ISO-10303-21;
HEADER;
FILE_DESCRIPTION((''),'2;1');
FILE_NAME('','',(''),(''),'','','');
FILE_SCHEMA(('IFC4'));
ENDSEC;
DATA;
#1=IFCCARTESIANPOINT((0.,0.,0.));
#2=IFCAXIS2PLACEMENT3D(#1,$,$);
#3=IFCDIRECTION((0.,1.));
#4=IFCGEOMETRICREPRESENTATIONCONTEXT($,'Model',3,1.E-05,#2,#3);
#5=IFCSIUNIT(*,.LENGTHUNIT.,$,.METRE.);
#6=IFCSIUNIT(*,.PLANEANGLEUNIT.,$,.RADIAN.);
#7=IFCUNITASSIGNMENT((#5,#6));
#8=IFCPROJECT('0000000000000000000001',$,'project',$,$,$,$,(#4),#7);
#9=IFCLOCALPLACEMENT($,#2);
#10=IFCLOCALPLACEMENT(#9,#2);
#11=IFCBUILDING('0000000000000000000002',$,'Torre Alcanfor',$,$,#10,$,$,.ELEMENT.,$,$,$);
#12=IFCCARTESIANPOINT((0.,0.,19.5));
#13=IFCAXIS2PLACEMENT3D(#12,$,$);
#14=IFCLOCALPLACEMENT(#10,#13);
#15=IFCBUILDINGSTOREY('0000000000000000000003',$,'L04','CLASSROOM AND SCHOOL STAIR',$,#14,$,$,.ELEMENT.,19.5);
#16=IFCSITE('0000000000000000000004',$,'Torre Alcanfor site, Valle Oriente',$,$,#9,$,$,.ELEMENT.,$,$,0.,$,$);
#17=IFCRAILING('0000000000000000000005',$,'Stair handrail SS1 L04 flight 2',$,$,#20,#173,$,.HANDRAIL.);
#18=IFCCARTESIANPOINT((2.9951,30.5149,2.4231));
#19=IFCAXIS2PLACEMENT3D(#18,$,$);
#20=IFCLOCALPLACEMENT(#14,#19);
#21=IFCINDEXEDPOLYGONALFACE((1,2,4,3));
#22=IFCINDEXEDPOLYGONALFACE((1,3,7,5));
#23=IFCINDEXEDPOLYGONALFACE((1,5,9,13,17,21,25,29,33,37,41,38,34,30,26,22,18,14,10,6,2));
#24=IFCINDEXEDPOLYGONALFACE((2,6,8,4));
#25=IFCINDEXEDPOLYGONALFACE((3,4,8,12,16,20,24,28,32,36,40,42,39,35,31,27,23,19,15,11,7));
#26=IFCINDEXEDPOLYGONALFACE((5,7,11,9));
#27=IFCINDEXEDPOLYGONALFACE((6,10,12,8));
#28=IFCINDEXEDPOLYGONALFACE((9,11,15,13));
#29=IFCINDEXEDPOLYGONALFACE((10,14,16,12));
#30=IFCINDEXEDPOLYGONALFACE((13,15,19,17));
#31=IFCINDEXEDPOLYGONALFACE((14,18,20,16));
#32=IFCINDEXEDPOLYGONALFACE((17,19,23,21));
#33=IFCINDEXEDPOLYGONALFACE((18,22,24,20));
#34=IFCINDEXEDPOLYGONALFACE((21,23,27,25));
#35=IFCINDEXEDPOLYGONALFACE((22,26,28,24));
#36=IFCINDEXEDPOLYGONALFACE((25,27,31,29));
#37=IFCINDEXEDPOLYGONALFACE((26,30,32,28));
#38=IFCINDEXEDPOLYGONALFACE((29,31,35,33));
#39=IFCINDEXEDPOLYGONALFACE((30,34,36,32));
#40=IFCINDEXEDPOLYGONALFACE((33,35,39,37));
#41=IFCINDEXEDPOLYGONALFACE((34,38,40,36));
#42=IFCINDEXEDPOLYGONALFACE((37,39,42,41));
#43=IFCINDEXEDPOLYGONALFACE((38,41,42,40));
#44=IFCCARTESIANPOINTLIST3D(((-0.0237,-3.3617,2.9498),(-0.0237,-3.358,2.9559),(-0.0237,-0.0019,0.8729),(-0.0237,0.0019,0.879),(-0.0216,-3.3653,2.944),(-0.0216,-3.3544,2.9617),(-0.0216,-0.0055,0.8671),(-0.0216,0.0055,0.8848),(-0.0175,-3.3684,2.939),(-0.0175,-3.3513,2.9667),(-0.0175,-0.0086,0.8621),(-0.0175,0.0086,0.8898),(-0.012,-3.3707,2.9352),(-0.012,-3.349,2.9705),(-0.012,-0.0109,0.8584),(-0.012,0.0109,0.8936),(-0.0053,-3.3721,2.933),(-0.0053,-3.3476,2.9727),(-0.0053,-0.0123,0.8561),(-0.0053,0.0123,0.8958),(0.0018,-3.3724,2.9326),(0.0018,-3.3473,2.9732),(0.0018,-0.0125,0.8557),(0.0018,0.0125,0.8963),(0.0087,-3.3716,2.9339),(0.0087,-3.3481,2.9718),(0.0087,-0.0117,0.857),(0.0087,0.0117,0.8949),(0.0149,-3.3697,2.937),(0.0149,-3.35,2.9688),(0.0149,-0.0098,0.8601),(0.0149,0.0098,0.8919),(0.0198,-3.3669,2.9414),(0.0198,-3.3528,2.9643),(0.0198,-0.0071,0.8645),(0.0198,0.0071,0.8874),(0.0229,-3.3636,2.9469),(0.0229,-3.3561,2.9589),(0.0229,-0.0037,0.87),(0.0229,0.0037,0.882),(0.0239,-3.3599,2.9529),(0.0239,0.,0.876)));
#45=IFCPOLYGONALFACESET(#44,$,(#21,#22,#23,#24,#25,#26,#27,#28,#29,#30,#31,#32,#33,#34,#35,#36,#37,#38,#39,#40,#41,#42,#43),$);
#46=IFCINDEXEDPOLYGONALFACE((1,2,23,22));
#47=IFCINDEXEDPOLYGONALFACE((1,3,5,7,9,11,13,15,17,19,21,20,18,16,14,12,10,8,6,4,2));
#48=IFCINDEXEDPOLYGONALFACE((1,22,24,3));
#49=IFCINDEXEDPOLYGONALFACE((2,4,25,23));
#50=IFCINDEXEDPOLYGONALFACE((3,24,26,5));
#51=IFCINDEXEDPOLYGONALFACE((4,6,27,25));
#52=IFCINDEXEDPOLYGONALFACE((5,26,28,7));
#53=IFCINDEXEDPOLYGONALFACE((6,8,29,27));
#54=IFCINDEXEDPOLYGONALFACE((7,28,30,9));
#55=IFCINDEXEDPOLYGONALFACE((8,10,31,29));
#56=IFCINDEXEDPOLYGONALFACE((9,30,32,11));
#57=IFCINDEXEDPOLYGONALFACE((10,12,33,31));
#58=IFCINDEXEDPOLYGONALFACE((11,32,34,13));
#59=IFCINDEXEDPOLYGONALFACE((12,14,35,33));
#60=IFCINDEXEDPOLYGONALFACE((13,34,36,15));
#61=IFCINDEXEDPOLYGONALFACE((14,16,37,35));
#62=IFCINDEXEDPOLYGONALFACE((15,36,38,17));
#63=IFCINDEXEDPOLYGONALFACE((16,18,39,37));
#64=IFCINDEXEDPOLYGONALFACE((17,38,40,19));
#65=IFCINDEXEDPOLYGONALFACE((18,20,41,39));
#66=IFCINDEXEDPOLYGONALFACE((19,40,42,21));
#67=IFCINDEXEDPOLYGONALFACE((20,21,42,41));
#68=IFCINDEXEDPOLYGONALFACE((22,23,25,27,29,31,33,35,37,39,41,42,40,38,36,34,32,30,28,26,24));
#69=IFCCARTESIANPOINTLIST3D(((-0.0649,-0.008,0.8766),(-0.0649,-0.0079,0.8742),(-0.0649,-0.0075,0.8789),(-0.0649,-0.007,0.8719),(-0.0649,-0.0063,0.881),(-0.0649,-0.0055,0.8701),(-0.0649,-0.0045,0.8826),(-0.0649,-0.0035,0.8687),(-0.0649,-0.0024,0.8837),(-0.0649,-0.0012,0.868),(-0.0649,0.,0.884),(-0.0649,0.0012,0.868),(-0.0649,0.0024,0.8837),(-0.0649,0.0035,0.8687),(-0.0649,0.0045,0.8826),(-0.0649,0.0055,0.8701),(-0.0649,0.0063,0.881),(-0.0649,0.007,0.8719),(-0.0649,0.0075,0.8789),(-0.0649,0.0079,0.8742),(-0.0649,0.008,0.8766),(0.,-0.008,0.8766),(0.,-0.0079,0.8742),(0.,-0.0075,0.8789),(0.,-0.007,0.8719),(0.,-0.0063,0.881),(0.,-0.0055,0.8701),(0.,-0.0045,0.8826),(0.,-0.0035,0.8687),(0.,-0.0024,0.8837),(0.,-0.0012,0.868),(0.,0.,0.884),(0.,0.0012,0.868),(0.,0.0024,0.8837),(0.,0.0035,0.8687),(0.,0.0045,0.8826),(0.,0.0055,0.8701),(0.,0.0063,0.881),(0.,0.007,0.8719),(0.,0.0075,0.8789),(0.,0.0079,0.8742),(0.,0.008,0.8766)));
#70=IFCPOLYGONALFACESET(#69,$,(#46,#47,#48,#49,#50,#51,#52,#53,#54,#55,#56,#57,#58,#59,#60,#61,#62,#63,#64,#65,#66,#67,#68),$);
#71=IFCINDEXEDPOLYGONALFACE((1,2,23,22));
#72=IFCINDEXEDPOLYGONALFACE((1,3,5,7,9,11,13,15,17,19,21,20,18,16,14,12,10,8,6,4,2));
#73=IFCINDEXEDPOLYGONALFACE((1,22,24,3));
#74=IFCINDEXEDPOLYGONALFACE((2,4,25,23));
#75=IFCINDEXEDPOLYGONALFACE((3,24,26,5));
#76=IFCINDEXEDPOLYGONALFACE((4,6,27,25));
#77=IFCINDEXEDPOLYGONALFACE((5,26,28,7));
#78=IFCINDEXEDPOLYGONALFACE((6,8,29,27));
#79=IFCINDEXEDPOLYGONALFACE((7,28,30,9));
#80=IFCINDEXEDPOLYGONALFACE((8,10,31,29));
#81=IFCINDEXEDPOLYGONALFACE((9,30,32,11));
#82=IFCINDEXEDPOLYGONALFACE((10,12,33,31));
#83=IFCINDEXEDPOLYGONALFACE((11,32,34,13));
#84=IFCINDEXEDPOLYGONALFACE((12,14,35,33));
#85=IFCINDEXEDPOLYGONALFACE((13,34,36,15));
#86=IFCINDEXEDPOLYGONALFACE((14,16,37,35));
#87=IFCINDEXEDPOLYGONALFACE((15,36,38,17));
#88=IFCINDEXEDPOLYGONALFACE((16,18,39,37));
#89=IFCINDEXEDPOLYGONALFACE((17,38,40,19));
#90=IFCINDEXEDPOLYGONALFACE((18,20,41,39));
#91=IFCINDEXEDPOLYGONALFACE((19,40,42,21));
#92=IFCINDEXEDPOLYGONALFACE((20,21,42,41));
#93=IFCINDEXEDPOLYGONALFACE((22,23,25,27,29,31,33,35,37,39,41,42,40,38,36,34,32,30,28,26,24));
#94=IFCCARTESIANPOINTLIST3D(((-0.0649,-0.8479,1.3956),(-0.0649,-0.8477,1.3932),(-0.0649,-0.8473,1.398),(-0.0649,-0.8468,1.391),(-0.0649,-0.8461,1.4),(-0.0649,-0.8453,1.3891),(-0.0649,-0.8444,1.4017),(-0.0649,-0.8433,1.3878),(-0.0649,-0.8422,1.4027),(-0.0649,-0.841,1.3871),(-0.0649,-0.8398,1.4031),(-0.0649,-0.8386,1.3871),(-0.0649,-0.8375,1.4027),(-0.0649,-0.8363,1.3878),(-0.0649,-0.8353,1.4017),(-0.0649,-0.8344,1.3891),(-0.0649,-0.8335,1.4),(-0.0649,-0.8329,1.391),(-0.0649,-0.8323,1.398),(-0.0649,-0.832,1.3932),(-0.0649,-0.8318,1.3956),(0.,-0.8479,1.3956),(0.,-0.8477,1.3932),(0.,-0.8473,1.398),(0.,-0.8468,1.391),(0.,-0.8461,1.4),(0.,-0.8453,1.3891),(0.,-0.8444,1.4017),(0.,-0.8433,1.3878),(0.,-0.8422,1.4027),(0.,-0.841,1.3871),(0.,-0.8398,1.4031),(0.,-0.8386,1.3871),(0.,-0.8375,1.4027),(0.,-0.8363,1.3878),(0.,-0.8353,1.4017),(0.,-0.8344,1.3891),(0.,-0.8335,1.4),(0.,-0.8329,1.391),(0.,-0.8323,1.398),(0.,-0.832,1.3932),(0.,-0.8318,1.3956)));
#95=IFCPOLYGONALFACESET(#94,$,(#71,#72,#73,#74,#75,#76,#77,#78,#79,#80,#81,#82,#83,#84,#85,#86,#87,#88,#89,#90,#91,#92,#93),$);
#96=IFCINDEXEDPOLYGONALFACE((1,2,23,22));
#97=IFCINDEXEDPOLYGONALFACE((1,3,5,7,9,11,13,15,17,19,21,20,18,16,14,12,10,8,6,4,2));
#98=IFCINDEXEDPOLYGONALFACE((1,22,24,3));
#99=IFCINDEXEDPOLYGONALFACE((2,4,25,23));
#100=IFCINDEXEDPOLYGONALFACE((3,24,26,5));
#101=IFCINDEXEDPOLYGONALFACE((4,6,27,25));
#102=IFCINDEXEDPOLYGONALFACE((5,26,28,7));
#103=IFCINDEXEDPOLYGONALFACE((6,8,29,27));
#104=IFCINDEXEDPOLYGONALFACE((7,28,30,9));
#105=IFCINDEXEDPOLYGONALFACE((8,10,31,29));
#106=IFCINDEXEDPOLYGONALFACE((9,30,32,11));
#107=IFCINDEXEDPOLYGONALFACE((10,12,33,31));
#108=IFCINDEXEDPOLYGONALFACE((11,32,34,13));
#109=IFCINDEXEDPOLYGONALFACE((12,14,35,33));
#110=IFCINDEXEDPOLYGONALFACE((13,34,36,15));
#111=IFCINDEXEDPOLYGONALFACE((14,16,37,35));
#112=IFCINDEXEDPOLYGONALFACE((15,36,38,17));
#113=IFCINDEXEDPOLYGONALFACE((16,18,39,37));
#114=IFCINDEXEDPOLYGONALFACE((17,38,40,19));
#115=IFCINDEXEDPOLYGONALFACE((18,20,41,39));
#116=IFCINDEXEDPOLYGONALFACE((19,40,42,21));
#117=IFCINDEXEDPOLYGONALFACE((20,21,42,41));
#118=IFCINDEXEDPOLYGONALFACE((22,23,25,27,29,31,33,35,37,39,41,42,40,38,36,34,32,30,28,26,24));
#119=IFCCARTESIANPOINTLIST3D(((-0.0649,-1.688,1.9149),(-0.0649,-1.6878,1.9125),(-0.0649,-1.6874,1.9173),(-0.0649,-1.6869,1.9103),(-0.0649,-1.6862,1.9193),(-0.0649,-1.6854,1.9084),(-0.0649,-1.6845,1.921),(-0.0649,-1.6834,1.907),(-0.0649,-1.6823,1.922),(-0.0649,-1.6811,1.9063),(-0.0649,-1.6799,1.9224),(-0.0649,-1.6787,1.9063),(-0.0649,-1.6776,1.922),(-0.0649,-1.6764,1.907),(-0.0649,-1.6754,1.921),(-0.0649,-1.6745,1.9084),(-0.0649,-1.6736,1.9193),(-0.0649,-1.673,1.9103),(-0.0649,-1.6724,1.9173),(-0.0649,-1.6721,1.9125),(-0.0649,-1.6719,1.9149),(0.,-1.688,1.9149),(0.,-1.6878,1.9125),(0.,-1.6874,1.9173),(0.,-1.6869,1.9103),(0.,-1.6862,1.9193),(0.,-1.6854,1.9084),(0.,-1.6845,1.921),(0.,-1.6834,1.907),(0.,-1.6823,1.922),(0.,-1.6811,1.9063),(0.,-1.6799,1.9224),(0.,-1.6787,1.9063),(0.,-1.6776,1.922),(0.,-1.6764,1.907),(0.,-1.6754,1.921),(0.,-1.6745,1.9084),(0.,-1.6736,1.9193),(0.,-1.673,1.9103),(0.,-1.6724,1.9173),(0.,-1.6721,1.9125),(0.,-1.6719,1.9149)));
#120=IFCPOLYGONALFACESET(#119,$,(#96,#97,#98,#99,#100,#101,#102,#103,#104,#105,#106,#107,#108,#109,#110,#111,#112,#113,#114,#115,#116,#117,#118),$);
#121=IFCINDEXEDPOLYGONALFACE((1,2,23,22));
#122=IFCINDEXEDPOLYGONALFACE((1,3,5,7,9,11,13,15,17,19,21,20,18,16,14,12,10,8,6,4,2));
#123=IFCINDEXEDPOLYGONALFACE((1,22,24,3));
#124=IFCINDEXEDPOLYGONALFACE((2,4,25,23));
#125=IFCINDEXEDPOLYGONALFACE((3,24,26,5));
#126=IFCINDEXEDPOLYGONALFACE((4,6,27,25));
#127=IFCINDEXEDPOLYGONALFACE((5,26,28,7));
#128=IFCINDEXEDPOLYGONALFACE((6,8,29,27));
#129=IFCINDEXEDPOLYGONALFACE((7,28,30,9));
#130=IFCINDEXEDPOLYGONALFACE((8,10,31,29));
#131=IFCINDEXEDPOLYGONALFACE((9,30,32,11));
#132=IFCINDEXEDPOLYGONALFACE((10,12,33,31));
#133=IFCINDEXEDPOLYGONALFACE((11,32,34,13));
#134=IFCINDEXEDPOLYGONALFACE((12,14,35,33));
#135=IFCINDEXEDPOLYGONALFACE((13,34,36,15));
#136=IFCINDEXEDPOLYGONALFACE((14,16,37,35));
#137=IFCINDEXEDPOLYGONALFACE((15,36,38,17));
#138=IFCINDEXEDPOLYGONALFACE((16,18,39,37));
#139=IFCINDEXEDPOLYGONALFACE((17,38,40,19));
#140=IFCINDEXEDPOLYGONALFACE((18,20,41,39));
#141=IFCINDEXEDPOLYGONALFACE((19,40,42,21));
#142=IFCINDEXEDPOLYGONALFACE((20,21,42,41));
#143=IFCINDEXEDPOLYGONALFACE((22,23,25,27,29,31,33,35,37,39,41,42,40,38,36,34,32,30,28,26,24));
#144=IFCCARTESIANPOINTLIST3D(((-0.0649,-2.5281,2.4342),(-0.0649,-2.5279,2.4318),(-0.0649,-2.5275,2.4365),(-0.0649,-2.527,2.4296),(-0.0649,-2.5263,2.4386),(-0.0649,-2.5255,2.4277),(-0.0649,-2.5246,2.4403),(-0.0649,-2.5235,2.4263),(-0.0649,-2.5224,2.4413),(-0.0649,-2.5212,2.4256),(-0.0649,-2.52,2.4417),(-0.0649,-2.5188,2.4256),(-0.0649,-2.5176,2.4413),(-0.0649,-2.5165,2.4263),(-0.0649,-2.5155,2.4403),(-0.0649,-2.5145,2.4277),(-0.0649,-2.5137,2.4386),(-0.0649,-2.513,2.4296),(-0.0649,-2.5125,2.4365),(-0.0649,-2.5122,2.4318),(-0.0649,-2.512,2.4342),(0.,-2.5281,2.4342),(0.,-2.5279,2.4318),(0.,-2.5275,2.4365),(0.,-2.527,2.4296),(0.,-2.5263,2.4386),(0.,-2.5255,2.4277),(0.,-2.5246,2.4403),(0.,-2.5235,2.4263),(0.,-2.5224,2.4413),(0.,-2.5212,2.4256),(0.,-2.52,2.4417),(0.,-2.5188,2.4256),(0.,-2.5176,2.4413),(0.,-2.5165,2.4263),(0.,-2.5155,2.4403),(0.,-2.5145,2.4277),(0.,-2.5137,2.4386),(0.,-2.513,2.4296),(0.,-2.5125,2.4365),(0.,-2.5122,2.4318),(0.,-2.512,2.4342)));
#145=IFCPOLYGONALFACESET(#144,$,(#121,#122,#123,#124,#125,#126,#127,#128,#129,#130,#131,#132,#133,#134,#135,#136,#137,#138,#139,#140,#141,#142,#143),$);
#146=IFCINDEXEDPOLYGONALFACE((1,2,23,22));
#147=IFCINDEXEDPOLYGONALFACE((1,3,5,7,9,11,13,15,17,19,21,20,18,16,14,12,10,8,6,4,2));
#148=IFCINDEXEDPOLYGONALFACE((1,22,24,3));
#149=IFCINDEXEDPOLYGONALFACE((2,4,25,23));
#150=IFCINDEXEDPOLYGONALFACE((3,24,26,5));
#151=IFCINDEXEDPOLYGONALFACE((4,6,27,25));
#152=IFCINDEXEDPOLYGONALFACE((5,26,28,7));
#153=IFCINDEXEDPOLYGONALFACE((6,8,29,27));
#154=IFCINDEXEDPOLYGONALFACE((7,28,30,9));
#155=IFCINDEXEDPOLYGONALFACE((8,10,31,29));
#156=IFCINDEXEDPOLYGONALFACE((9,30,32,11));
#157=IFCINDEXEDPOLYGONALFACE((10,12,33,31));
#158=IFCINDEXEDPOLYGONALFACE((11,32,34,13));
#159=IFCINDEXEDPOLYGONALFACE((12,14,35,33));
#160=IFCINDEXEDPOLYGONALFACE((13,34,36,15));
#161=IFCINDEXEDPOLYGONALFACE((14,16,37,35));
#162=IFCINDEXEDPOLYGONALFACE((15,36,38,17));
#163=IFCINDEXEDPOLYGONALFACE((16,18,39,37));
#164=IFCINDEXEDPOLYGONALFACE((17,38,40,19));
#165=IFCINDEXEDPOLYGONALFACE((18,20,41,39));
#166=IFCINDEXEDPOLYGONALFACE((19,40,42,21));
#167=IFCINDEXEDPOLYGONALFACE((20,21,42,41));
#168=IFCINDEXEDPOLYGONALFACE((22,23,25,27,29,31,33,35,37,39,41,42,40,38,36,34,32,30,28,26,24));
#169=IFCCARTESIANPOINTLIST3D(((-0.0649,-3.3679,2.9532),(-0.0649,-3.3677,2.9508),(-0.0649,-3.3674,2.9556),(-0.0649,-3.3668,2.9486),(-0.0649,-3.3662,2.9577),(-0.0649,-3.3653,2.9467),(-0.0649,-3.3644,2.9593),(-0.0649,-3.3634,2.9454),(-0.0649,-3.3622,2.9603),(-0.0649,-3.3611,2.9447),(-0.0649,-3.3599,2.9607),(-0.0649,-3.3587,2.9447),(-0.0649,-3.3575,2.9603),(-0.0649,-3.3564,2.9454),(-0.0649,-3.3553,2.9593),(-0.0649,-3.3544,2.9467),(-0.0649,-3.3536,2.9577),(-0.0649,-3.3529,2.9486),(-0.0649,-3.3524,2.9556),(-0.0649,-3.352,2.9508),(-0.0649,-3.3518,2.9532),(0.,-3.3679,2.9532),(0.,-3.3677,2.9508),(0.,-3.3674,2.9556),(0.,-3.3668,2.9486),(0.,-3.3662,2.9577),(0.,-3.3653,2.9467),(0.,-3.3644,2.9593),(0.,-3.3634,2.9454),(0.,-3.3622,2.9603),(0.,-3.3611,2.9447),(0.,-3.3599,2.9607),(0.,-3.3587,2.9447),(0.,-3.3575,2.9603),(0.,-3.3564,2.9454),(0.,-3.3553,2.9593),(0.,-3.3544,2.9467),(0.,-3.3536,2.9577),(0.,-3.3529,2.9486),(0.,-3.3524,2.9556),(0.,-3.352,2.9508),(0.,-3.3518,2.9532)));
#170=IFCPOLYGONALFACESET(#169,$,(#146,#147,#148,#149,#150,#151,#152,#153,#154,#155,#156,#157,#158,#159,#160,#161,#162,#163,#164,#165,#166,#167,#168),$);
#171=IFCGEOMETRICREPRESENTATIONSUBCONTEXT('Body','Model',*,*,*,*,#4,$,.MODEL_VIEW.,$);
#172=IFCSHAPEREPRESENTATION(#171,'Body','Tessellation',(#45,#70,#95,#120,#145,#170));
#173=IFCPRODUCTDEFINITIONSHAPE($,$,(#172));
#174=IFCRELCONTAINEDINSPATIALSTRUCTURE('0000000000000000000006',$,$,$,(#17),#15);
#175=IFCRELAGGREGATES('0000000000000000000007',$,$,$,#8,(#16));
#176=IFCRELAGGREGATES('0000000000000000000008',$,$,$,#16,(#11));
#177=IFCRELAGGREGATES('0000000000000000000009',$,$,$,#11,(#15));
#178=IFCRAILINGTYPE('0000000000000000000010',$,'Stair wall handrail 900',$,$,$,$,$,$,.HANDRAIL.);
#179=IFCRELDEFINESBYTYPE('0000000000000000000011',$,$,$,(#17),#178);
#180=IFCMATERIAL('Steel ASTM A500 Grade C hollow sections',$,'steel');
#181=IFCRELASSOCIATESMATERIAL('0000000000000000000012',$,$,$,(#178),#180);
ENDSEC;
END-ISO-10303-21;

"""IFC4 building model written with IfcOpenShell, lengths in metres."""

from ifc_helpers import new_model, si_unit, direction, frame, origin, origin_2d, place, context, subcontext, project, spatial, circle, extrude, material, type_object, element, save


model = new_model("IFC4")

# Units and contexts
model_context = context("Model", 3, precision=1e-05, world=origin(), true_north=direction((0.0, 1.0)))
body_context = subcontext(model_context, "Body", "Model", "MODEL_VIEW")
ifc_project = project(units=[si_unit("LENGTHUNIT", "METRE"), si_unit("PLANEANGLEUNIT", "RADIAN")], contexts=[model_context])

# Site, building, storey
site_placement = place(None, origin())
site = spatial("IfcSite", under=ifc_project, at=site_placement, Name="Torre Alcanfor site, Valle Oriente", CompositionType="ELEMENT", RefElevation=0.0)
building_placement = place(site_placement, origin())
building = spatial("IfcBuilding", under=site, at=building_placement, Name="Torre Alcanfor", CompositionType="ELEMENT")
storey_placement = place(building_placement, frame((0.0, 0.0, 19.5)))
storey = spatial("IfcBuildingStorey", under=building, at=storey_placement, Name="L04", Description="CLASSROOM AND SCHOOL STAIR", CompositionType="ELEMENT", Elevation=19.5)

# Railing
ifc_material_1 = material(Name="Steel ASTM A500 Grade C hollow sections", Category="steel")
railing_type_1 = type_object("IfcRailingType", Name="Stair wall handrail 900", PredefinedType="HANDRAIL", material=ifc_material_1)
railing_1_placement = place(storey_placement, frame((2.9951, 30.5149, 2.4231)))
element("IfcRailing", 1, at=railing_1_placement, inside=storey, type_object=railing_type_1, Name="Stair handrail SS1 L04 flight 2", PredefinedType="HANDRAIL", context=body_context, shape_type="SweptSolid", body=[
    extrude(circle(Radius=0.0239, at=origin_2d()), frame((0.0, 0.0, 0.876), z_axis=(0.0, -0.850606, 0.525803), x_axis=(1.0, 0.0, 0.0)), (0.0, 0.0, 1.0), 3.95),
    extrude(circle(Radius=0.0081, at=origin_2d()), frame((0.0, 0.0, 0.876), z_axis=(-1.0, 0.0, 0.0), x_axis=(0.0, 0.0, 1.0)), (0.0, 0.0, 1.0), 0.0649),
    extrude(circle(Radius=0.0081, at=origin_2d()), frame((0.0, -0.8398, 1.395), z_axis=(-1.0, 0.0, 0.0), x_axis=(0.0, 0.0, 1.0)), (0.0, 0.0, 1.0), 0.0649),
    extrude(circle(Radius=0.0081, at=origin_2d()), frame((0.0, -1.6799, 1.9143), z_axis=(-1.0, 0.0, 0.0), x_axis=(0.0, 0.0, 1.0)), (0.0, 0.0, 1.0), 0.0649),
    extrude(circle(Radius=0.0081, at=origin_2d()), frame((0.0, -2.52, 2.4336), z_axis=(-1.0, 0.0, 0.0), x_axis=(0.0, 0.0, 1.0)), (0.0, 0.0, 1.0), 0.0649),
    extrude(circle(Radius=0.0081, at=origin_2d()), frame((0.0, -3.3599, 2.9526), z_axis=(-1.0, 0.0, 0.0), x_axis=(0.0, 0.0, 1.0)), (0.0, 0.0, 1.0), 0.0649),
])

save(model, "model.ifc")
